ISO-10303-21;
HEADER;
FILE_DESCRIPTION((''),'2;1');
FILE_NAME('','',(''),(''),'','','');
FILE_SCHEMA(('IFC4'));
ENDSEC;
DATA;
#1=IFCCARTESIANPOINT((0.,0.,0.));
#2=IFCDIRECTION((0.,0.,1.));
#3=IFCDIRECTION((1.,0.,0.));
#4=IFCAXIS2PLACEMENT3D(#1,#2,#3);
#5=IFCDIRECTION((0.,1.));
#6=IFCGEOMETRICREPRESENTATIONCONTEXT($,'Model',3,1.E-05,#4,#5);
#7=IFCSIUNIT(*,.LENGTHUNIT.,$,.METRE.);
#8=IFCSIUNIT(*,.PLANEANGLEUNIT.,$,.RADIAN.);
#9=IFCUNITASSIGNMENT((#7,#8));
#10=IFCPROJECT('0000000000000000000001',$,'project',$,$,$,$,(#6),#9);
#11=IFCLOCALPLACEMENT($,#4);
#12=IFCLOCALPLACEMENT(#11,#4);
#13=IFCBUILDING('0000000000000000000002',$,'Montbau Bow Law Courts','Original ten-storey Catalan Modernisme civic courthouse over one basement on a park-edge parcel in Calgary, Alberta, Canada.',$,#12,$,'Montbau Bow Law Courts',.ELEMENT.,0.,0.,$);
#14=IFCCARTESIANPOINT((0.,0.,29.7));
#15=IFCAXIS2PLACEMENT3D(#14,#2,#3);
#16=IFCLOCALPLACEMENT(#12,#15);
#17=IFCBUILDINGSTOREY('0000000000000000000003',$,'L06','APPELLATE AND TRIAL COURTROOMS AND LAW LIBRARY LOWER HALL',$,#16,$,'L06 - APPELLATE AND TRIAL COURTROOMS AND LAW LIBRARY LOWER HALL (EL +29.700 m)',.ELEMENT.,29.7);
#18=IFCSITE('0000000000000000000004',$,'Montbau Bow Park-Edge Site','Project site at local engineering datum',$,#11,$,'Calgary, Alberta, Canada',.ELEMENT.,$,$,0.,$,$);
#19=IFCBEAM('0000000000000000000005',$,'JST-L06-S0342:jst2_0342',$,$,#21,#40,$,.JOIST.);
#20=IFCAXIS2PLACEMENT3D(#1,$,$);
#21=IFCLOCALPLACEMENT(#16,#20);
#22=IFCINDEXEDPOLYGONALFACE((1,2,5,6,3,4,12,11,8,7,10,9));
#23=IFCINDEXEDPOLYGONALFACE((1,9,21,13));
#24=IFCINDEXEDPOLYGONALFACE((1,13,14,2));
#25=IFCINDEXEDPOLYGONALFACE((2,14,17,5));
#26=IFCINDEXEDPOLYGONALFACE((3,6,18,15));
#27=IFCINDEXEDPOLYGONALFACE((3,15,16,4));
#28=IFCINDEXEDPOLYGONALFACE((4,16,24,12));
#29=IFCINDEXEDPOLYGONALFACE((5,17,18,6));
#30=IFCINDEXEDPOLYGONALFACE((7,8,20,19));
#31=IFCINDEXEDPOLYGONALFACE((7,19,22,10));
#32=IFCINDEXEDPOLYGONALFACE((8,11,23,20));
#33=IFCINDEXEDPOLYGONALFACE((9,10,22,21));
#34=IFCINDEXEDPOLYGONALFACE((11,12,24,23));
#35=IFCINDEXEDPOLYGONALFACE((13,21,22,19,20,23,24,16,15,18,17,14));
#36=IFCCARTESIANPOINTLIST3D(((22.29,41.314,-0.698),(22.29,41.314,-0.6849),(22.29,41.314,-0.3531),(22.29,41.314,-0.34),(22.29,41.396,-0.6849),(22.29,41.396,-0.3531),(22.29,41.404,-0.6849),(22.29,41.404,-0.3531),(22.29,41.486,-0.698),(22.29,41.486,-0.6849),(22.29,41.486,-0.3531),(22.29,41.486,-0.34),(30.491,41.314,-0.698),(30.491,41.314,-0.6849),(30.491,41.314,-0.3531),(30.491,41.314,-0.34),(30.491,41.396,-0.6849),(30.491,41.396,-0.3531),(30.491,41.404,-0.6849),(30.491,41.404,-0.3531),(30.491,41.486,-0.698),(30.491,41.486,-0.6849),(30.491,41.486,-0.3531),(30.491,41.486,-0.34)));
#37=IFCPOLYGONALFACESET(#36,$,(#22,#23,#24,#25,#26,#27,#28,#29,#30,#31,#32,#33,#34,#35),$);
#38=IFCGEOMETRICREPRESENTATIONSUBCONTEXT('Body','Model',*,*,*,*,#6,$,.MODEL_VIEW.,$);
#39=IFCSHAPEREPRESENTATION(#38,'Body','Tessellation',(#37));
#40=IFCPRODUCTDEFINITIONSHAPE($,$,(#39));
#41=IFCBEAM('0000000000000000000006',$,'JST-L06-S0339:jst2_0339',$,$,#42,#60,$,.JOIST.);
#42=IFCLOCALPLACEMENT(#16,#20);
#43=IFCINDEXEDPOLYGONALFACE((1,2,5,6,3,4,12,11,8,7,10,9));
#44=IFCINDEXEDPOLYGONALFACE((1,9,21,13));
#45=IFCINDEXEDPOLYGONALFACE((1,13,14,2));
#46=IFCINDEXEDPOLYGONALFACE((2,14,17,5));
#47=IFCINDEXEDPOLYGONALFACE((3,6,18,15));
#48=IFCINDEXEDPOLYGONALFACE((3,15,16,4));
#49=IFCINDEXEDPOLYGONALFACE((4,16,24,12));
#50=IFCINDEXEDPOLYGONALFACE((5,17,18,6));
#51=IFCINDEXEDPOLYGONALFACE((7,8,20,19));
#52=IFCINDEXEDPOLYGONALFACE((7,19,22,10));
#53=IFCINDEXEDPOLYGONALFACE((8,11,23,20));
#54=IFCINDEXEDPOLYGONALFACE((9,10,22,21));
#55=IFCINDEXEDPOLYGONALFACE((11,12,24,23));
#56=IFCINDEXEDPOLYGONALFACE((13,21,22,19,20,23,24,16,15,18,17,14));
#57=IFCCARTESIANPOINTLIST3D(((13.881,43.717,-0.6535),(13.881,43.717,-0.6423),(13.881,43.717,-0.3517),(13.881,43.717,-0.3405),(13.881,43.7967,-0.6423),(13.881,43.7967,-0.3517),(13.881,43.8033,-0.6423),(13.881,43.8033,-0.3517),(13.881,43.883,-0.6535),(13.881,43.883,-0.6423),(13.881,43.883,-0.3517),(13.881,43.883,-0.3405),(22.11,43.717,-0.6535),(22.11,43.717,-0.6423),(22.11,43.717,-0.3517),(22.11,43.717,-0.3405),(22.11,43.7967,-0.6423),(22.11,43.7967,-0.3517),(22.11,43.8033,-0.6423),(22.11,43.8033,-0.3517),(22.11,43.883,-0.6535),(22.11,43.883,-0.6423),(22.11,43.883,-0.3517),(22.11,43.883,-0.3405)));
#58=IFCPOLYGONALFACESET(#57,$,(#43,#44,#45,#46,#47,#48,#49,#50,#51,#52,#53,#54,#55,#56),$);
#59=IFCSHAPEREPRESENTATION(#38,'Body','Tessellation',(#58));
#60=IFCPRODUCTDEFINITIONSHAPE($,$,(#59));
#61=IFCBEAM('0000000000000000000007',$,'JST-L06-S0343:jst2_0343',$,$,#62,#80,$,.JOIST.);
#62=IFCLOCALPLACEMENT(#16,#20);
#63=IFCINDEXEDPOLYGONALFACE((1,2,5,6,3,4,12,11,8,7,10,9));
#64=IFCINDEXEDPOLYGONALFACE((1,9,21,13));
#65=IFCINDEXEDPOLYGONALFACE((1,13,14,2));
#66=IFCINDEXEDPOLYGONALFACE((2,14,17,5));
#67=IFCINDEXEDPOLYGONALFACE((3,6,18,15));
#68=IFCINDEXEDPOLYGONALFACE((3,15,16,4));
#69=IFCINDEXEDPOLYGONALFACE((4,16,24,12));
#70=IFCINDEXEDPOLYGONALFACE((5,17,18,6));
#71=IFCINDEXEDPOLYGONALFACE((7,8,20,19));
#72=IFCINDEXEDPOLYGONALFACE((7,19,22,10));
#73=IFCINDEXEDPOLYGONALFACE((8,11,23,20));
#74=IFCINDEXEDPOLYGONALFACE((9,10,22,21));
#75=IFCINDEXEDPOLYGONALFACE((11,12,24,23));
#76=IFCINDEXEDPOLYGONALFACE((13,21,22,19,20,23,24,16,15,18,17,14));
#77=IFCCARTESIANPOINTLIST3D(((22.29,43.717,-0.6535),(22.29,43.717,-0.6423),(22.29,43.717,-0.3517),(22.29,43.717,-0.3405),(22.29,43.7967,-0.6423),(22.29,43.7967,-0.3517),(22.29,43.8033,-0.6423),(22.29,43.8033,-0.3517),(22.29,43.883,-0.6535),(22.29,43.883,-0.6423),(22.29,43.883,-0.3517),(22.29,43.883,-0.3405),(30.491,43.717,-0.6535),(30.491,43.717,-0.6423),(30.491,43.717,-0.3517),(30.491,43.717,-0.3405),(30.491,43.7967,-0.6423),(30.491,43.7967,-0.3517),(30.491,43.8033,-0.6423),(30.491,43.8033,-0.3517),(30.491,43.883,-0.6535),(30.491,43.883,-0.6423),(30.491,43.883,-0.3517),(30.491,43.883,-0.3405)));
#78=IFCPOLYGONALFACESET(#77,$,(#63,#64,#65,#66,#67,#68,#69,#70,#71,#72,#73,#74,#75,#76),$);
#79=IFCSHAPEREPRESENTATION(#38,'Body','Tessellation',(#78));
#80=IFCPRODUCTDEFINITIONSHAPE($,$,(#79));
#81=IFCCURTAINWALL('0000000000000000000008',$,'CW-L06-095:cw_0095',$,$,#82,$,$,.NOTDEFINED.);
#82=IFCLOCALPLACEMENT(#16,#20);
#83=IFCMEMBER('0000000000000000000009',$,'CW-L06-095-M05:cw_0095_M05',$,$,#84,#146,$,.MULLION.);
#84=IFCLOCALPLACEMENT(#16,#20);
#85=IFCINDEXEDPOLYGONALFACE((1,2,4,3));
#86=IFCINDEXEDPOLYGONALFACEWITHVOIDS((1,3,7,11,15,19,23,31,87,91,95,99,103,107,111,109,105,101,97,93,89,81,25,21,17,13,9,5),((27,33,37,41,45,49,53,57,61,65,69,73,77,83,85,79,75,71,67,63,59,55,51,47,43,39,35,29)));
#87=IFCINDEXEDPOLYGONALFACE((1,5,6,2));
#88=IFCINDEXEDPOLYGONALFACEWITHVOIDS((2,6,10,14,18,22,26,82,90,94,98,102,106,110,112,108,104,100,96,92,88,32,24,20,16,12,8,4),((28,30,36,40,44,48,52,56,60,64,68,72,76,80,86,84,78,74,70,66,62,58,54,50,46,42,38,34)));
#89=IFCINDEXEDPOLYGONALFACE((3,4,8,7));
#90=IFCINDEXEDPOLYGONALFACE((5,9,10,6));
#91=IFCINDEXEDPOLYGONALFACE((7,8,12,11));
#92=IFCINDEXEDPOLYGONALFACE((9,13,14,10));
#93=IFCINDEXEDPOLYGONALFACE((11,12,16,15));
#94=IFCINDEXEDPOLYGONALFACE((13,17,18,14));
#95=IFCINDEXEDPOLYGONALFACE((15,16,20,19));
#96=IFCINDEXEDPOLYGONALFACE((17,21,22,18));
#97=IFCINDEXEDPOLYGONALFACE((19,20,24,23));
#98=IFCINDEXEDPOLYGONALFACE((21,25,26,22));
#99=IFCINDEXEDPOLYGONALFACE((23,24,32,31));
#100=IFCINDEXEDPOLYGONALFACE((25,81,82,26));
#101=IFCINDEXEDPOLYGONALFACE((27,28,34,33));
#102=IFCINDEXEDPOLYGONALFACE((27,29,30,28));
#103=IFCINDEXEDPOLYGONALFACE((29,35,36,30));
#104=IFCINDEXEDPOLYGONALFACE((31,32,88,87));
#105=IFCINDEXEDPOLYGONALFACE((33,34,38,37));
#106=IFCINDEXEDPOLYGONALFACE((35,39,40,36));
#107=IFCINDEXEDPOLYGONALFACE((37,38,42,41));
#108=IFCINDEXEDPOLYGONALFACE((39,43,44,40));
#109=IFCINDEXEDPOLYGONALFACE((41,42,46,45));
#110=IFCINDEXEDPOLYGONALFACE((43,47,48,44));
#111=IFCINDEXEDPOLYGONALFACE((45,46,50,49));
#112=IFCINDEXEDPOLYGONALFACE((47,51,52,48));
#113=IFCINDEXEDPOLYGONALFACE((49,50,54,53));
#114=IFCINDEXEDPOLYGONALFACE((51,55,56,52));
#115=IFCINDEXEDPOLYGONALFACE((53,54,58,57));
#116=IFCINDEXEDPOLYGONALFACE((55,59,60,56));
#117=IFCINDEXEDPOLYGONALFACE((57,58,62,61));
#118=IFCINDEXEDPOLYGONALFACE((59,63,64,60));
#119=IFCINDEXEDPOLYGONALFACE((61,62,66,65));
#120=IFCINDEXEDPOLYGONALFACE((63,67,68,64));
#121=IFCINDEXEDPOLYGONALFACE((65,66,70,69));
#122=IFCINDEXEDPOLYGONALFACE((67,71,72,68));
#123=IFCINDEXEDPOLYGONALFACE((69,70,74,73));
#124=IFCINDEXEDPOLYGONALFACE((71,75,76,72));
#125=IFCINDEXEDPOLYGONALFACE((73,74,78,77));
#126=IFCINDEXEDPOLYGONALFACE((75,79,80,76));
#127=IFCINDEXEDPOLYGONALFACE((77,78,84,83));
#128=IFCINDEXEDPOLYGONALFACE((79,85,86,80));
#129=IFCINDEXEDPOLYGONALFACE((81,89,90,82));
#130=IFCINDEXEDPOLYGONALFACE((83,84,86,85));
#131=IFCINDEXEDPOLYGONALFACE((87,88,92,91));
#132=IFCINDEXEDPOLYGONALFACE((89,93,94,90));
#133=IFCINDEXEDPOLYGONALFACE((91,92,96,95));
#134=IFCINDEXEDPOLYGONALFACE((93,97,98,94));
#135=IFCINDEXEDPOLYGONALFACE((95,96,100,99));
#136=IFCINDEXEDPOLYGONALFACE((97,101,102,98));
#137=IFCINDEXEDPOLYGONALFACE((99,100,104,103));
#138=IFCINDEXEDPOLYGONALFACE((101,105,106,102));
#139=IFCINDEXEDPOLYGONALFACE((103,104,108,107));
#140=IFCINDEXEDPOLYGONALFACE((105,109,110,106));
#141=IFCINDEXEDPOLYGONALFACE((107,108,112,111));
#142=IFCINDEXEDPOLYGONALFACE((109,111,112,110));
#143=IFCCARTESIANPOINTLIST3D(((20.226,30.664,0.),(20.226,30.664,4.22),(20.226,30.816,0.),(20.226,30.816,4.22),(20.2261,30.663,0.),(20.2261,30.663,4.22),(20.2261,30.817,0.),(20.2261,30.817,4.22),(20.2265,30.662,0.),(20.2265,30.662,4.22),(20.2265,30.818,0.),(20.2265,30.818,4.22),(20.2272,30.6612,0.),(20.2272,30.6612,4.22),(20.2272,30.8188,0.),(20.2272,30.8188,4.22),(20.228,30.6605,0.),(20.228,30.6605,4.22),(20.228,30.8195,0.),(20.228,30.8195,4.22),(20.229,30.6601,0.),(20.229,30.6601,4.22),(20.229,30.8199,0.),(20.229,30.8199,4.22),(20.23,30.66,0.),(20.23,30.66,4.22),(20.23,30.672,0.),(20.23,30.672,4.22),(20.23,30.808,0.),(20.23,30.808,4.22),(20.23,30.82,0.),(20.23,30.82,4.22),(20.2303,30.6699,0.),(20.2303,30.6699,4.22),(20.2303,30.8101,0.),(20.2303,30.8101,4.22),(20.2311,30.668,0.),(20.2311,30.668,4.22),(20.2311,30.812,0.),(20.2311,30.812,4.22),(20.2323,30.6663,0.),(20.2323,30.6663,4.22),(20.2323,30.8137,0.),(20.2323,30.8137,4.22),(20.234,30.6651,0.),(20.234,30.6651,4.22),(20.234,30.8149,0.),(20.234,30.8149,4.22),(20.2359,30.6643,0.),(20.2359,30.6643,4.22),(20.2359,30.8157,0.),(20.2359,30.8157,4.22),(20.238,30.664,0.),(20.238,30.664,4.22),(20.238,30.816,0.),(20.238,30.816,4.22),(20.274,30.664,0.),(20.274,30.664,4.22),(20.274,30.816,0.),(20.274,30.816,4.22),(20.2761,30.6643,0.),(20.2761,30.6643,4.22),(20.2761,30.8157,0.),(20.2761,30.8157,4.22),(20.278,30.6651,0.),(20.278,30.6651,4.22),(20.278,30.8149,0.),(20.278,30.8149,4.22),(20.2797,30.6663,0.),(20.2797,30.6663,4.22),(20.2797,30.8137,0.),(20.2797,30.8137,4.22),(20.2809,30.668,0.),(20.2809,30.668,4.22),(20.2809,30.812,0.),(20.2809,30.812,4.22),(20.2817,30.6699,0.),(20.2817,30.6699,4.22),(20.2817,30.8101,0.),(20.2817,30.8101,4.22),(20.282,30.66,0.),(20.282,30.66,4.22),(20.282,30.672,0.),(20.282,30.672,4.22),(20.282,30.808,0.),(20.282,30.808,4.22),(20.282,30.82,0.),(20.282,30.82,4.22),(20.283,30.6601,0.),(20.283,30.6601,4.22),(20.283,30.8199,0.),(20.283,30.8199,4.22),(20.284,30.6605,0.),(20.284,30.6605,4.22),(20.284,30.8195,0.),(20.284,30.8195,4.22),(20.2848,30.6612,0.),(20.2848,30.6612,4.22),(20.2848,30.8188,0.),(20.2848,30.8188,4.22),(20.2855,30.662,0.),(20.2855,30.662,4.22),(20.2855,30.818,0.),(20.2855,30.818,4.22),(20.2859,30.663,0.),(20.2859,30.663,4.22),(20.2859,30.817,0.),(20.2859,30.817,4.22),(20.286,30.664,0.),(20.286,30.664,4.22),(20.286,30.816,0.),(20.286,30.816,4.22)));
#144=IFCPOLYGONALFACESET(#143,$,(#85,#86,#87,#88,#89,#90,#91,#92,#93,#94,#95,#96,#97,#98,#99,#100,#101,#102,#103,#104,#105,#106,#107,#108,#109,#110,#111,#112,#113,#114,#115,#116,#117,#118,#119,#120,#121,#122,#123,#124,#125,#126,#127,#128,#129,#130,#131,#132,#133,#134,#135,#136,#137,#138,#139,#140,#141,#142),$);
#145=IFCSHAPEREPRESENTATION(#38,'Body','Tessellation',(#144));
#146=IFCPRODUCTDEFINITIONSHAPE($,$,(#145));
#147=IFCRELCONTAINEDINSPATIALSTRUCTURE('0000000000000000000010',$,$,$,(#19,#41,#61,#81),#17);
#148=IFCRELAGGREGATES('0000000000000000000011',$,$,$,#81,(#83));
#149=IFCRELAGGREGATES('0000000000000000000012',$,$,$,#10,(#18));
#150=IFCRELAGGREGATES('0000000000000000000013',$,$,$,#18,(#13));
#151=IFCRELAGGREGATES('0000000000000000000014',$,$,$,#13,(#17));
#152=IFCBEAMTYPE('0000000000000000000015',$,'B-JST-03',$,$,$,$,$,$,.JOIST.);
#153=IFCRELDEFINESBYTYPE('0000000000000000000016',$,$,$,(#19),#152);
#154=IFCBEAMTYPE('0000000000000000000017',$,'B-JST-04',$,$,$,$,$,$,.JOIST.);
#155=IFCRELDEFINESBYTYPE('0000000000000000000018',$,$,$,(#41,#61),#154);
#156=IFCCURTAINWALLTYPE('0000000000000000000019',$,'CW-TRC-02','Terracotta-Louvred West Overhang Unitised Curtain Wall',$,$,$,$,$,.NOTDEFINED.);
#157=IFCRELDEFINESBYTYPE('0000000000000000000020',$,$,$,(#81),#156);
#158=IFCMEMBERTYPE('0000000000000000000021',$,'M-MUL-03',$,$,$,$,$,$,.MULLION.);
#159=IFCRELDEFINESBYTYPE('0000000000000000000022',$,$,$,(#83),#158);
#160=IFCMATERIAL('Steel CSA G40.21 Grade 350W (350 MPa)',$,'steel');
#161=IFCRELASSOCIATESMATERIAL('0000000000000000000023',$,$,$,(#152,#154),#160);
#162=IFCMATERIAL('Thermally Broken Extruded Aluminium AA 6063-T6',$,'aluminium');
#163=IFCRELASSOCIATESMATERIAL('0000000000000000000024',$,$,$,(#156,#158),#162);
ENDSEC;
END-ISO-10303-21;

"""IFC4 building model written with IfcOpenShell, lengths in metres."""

from ifc_helpers import new_model, si_unit, direction, frame, origin_with_axes, origin_2d_with_axis, place, context, subcontext, project, spatial, hollow_rectangle, i_section, extrude, material, material_profile, profile_set, type_object, element, aggregate, save


model = new_model("IFC4")

# Units and contexts
model_context = context("Model", 3, precision=1e-05, world=origin_with_axes(), true_north=direction((0.0, 1.0)))
body_context = subcontext(model_context, "Body", "Model", "MODEL_VIEW")
ifc_project = project(units=[si_unit("LENGTHUNIT", "METRE"), si_unit("PLANEANGLEUNIT", "RADIAN")], contexts=[model_context])

# Site, building, storey
site_placement = place(None, origin_with_axes())
site = spatial("IfcSite", under=ifc_project, at=site_placement, Name="Montbau Bow Park-Edge Site", Description="Project site at local engineering datum", LongName="Calgary, Alberta, Canada", CompositionType="ELEMENT", RefElevation=0.0)
building_placement = place(site_placement, origin_with_axes())
building = spatial("IfcBuilding", under=site, at=building_placement, Name="Montbau Bow Law Courts", Description="Original ten-storey Catalan Modernisme civic courthouse over one basement on a park-edge parcel in Calgary, Alberta, Canada.", LongName="Montbau Bow Law Courts", CompositionType="ELEMENT", ElevationOfRefHeight=0.0, ElevationOfTerrain=0.0)
storey_placement = place(building_placement, frame((0.0, 0.0, 29.7), z_axis=(0.0, 0.0, 1.0), x_axis=(1.0, 0.0, 0.0)))
storey = spatial("IfcBuildingStorey", under=building, at=storey_placement, Name="L06", Description="APPELLATE AND TRIAL COURTROOMS AND LAW LIBRARY LOWER HALL", LongName="L06 - APPELLATE AND TRIAL COURTROOMS AND LAW LIBRARY LOWER HALL (EL +29.700 m)", CompositionType="ELEMENT", Elevation=29.7)

# Shared definitions
ifc_material_1 = material(Name="Steel CSA G40.21 Grade 350W (350 MPa)", Category="steel")

# Beams
ifc_material_profile_1 = material_profile(ifc_material_1, i_section(OverallWidth=0.172, OverallDepth=0.358, WebThickness=0.0079, FlangeThickness=0.0131, at=origin_2d_with_axis()), Name="W360X57", Category="Main", Priority=0)
ifc_profile_set_1 = profile_set([ifc_material_profile_1], Name="Steel CSA G40.21 Grade 350W (350 MPa)")
beam_type_1 = type_object("IfcBeamType", Name="B-JST-03", PredefinedType="JOIST", material=ifc_profile_set_1)
beam_1_placement = place(None, frame((22.29, 41.4, 29.181), z_axis=(1.0, 0.0, 0.0), x_axis=(0.0, 1.0, 0.0)))
element("IfcBeam", 1, at=beam_1_placement, inside=storey, type_object=beam_type_1, Name="JST-L06-S0342:jst2_0342", PredefinedType="JOIST", context=body_context, shape_type="SweptSolid", body=[
    extrude(i_section(OverallWidth=0.172, OverallDepth=0.358, WebThickness=0.0079, FlangeThickness=0.0131, at=origin_2d_with_axis()), origin_with_axes(), (0.0, 0.0, 1.0), 8.201),
])
ifc_material_profile_2 = material_profile(ifc_material_1, i_section(OverallWidth=0.166, OverallDepth=0.313, WebThickness=0.0066, FlangeThickness=0.0112, at=origin_2d_with_axis()), Name="W310X45", Category="Main", Priority=0)
ifc_profile_set_2 = profile_set([ifc_material_profile_2], Name="Steel CSA G40.21 Grade 350W (350 MPa)")
beam_type_2 = type_object("IfcBeamType", Name="B-JST-04", PredefinedType="JOIST", material=ifc_profile_set_2)
beam_2_placement = place(None, frame((13.881, 43.8, 29.203), z_axis=(1.0, 0.0, 0.0), x_axis=(0.0, 1.0, 0.0)))
element("IfcBeam", 2, at=beam_2_placement, inside=storey, type_object=beam_type_2, Name="JST-L06-S0339:jst2_0339", PredefinedType="JOIST", context=body_context, shape_type="SweptSolid", body=[
    extrude(i_section(OverallWidth=0.166, OverallDepth=0.313, WebThickness=0.0066, FlangeThickness=0.0112, at=origin_2d_with_axis()), origin_with_axes(), (0.0, 0.0, 1.0), 8.229),
])
beam_3_placement = place(None, frame((22.29, 43.8, 29.203), z_axis=(1.0, 0.0, 0.0), x_axis=(0.0, 1.0, 0.0)))
element("IfcBeam", 3, at=beam_3_placement, inside=storey, type_object=beam_type_2, Name="JST-L06-S0343:jst2_0343", PredefinedType="JOIST", context=body_context, shape_type="SweptSolid", body=[
    extrude(i_section(OverallWidth=0.166, OverallDepth=0.313, WebThickness=0.0066, FlangeThickness=0.0112, at=origin_2d_with_axis()), origin_with_axes(), (0.0, 0.0, 1.0), 8.201),
])

# Curtain wall, member
ifc_material_2 = material(Name="Thermally Broken Extruded Aluminium AA 6063-T6", Category="aluminium")
curtain_wall_type = type_object("IfcCurtainWallType", Name="CW-TRC-02", Description="Terracotta-Louvred West Overhang Unitised Curtain Wall", PredefinedType="NOTDEFINED", material=ifc_material_2)
curtain_wall_1_placement = place(None, frame((14.24, 30.74, 29.7), z_axis=(0.0, 0.0, 1.0), x_axis=(1.0, 0.0, 0.0)))
curtain_wall_1 = element("IfcCurtainWall", 4, at=curtain_wall_1_placement, inside=storey, type_object=curtain_wall_type, Name="CW-L06-095:cw_0095", PredefinedType="NOTDEFINED")
ifc_material_profile_3 = material_profile(ifc_material_2, hollow_rectangle(XDim=0.06, YDim=0.16, WallThickness=0.004, InnerFilletRadius=0.008, OuterFilletRadius=0.004, at=origin_2d_with_axis()), Name="CWM-160X60", Category="Main", Priority=0)
ifc_profile_set_3 = profile_set([ifc_material_profile_3], Name="Thermally Broken Extruded Aluminium AA 6063-T6")
member_type_1 = type_object("IfcMemberType", Name="M-MUL-03", PredefinedType="MULLION", material=ifc_profile_set_3)
member_1_placement = place(None, frame((20.256, 30.74, 29.7), z_axis=(0.0, 0.0, 1.0), x_axis=(1.0, 0.0, 0.0)))
member_1 = element("IfcMember", 5, at=member_1_placement, type_object=member_type_1, Name="CW-L06-095-M05:cw_0095_M05", PredefinedType="MULLION", context=body_context, shape_type="SweptSolid", body=[
    extrude(hollow_rectangle(XDim=0.06, YDim=0.16, WallThickness=0.004, InnerFilletRadius=0.008, OuterFilletRadius=0.004, at=origin_2d_with_axis()), origin_with_axes(), (0.0, 0.0, 1.0), 4.22),
])

aggregate(curtain_wall_1, [member_1])

save(model, "model.ifc")
